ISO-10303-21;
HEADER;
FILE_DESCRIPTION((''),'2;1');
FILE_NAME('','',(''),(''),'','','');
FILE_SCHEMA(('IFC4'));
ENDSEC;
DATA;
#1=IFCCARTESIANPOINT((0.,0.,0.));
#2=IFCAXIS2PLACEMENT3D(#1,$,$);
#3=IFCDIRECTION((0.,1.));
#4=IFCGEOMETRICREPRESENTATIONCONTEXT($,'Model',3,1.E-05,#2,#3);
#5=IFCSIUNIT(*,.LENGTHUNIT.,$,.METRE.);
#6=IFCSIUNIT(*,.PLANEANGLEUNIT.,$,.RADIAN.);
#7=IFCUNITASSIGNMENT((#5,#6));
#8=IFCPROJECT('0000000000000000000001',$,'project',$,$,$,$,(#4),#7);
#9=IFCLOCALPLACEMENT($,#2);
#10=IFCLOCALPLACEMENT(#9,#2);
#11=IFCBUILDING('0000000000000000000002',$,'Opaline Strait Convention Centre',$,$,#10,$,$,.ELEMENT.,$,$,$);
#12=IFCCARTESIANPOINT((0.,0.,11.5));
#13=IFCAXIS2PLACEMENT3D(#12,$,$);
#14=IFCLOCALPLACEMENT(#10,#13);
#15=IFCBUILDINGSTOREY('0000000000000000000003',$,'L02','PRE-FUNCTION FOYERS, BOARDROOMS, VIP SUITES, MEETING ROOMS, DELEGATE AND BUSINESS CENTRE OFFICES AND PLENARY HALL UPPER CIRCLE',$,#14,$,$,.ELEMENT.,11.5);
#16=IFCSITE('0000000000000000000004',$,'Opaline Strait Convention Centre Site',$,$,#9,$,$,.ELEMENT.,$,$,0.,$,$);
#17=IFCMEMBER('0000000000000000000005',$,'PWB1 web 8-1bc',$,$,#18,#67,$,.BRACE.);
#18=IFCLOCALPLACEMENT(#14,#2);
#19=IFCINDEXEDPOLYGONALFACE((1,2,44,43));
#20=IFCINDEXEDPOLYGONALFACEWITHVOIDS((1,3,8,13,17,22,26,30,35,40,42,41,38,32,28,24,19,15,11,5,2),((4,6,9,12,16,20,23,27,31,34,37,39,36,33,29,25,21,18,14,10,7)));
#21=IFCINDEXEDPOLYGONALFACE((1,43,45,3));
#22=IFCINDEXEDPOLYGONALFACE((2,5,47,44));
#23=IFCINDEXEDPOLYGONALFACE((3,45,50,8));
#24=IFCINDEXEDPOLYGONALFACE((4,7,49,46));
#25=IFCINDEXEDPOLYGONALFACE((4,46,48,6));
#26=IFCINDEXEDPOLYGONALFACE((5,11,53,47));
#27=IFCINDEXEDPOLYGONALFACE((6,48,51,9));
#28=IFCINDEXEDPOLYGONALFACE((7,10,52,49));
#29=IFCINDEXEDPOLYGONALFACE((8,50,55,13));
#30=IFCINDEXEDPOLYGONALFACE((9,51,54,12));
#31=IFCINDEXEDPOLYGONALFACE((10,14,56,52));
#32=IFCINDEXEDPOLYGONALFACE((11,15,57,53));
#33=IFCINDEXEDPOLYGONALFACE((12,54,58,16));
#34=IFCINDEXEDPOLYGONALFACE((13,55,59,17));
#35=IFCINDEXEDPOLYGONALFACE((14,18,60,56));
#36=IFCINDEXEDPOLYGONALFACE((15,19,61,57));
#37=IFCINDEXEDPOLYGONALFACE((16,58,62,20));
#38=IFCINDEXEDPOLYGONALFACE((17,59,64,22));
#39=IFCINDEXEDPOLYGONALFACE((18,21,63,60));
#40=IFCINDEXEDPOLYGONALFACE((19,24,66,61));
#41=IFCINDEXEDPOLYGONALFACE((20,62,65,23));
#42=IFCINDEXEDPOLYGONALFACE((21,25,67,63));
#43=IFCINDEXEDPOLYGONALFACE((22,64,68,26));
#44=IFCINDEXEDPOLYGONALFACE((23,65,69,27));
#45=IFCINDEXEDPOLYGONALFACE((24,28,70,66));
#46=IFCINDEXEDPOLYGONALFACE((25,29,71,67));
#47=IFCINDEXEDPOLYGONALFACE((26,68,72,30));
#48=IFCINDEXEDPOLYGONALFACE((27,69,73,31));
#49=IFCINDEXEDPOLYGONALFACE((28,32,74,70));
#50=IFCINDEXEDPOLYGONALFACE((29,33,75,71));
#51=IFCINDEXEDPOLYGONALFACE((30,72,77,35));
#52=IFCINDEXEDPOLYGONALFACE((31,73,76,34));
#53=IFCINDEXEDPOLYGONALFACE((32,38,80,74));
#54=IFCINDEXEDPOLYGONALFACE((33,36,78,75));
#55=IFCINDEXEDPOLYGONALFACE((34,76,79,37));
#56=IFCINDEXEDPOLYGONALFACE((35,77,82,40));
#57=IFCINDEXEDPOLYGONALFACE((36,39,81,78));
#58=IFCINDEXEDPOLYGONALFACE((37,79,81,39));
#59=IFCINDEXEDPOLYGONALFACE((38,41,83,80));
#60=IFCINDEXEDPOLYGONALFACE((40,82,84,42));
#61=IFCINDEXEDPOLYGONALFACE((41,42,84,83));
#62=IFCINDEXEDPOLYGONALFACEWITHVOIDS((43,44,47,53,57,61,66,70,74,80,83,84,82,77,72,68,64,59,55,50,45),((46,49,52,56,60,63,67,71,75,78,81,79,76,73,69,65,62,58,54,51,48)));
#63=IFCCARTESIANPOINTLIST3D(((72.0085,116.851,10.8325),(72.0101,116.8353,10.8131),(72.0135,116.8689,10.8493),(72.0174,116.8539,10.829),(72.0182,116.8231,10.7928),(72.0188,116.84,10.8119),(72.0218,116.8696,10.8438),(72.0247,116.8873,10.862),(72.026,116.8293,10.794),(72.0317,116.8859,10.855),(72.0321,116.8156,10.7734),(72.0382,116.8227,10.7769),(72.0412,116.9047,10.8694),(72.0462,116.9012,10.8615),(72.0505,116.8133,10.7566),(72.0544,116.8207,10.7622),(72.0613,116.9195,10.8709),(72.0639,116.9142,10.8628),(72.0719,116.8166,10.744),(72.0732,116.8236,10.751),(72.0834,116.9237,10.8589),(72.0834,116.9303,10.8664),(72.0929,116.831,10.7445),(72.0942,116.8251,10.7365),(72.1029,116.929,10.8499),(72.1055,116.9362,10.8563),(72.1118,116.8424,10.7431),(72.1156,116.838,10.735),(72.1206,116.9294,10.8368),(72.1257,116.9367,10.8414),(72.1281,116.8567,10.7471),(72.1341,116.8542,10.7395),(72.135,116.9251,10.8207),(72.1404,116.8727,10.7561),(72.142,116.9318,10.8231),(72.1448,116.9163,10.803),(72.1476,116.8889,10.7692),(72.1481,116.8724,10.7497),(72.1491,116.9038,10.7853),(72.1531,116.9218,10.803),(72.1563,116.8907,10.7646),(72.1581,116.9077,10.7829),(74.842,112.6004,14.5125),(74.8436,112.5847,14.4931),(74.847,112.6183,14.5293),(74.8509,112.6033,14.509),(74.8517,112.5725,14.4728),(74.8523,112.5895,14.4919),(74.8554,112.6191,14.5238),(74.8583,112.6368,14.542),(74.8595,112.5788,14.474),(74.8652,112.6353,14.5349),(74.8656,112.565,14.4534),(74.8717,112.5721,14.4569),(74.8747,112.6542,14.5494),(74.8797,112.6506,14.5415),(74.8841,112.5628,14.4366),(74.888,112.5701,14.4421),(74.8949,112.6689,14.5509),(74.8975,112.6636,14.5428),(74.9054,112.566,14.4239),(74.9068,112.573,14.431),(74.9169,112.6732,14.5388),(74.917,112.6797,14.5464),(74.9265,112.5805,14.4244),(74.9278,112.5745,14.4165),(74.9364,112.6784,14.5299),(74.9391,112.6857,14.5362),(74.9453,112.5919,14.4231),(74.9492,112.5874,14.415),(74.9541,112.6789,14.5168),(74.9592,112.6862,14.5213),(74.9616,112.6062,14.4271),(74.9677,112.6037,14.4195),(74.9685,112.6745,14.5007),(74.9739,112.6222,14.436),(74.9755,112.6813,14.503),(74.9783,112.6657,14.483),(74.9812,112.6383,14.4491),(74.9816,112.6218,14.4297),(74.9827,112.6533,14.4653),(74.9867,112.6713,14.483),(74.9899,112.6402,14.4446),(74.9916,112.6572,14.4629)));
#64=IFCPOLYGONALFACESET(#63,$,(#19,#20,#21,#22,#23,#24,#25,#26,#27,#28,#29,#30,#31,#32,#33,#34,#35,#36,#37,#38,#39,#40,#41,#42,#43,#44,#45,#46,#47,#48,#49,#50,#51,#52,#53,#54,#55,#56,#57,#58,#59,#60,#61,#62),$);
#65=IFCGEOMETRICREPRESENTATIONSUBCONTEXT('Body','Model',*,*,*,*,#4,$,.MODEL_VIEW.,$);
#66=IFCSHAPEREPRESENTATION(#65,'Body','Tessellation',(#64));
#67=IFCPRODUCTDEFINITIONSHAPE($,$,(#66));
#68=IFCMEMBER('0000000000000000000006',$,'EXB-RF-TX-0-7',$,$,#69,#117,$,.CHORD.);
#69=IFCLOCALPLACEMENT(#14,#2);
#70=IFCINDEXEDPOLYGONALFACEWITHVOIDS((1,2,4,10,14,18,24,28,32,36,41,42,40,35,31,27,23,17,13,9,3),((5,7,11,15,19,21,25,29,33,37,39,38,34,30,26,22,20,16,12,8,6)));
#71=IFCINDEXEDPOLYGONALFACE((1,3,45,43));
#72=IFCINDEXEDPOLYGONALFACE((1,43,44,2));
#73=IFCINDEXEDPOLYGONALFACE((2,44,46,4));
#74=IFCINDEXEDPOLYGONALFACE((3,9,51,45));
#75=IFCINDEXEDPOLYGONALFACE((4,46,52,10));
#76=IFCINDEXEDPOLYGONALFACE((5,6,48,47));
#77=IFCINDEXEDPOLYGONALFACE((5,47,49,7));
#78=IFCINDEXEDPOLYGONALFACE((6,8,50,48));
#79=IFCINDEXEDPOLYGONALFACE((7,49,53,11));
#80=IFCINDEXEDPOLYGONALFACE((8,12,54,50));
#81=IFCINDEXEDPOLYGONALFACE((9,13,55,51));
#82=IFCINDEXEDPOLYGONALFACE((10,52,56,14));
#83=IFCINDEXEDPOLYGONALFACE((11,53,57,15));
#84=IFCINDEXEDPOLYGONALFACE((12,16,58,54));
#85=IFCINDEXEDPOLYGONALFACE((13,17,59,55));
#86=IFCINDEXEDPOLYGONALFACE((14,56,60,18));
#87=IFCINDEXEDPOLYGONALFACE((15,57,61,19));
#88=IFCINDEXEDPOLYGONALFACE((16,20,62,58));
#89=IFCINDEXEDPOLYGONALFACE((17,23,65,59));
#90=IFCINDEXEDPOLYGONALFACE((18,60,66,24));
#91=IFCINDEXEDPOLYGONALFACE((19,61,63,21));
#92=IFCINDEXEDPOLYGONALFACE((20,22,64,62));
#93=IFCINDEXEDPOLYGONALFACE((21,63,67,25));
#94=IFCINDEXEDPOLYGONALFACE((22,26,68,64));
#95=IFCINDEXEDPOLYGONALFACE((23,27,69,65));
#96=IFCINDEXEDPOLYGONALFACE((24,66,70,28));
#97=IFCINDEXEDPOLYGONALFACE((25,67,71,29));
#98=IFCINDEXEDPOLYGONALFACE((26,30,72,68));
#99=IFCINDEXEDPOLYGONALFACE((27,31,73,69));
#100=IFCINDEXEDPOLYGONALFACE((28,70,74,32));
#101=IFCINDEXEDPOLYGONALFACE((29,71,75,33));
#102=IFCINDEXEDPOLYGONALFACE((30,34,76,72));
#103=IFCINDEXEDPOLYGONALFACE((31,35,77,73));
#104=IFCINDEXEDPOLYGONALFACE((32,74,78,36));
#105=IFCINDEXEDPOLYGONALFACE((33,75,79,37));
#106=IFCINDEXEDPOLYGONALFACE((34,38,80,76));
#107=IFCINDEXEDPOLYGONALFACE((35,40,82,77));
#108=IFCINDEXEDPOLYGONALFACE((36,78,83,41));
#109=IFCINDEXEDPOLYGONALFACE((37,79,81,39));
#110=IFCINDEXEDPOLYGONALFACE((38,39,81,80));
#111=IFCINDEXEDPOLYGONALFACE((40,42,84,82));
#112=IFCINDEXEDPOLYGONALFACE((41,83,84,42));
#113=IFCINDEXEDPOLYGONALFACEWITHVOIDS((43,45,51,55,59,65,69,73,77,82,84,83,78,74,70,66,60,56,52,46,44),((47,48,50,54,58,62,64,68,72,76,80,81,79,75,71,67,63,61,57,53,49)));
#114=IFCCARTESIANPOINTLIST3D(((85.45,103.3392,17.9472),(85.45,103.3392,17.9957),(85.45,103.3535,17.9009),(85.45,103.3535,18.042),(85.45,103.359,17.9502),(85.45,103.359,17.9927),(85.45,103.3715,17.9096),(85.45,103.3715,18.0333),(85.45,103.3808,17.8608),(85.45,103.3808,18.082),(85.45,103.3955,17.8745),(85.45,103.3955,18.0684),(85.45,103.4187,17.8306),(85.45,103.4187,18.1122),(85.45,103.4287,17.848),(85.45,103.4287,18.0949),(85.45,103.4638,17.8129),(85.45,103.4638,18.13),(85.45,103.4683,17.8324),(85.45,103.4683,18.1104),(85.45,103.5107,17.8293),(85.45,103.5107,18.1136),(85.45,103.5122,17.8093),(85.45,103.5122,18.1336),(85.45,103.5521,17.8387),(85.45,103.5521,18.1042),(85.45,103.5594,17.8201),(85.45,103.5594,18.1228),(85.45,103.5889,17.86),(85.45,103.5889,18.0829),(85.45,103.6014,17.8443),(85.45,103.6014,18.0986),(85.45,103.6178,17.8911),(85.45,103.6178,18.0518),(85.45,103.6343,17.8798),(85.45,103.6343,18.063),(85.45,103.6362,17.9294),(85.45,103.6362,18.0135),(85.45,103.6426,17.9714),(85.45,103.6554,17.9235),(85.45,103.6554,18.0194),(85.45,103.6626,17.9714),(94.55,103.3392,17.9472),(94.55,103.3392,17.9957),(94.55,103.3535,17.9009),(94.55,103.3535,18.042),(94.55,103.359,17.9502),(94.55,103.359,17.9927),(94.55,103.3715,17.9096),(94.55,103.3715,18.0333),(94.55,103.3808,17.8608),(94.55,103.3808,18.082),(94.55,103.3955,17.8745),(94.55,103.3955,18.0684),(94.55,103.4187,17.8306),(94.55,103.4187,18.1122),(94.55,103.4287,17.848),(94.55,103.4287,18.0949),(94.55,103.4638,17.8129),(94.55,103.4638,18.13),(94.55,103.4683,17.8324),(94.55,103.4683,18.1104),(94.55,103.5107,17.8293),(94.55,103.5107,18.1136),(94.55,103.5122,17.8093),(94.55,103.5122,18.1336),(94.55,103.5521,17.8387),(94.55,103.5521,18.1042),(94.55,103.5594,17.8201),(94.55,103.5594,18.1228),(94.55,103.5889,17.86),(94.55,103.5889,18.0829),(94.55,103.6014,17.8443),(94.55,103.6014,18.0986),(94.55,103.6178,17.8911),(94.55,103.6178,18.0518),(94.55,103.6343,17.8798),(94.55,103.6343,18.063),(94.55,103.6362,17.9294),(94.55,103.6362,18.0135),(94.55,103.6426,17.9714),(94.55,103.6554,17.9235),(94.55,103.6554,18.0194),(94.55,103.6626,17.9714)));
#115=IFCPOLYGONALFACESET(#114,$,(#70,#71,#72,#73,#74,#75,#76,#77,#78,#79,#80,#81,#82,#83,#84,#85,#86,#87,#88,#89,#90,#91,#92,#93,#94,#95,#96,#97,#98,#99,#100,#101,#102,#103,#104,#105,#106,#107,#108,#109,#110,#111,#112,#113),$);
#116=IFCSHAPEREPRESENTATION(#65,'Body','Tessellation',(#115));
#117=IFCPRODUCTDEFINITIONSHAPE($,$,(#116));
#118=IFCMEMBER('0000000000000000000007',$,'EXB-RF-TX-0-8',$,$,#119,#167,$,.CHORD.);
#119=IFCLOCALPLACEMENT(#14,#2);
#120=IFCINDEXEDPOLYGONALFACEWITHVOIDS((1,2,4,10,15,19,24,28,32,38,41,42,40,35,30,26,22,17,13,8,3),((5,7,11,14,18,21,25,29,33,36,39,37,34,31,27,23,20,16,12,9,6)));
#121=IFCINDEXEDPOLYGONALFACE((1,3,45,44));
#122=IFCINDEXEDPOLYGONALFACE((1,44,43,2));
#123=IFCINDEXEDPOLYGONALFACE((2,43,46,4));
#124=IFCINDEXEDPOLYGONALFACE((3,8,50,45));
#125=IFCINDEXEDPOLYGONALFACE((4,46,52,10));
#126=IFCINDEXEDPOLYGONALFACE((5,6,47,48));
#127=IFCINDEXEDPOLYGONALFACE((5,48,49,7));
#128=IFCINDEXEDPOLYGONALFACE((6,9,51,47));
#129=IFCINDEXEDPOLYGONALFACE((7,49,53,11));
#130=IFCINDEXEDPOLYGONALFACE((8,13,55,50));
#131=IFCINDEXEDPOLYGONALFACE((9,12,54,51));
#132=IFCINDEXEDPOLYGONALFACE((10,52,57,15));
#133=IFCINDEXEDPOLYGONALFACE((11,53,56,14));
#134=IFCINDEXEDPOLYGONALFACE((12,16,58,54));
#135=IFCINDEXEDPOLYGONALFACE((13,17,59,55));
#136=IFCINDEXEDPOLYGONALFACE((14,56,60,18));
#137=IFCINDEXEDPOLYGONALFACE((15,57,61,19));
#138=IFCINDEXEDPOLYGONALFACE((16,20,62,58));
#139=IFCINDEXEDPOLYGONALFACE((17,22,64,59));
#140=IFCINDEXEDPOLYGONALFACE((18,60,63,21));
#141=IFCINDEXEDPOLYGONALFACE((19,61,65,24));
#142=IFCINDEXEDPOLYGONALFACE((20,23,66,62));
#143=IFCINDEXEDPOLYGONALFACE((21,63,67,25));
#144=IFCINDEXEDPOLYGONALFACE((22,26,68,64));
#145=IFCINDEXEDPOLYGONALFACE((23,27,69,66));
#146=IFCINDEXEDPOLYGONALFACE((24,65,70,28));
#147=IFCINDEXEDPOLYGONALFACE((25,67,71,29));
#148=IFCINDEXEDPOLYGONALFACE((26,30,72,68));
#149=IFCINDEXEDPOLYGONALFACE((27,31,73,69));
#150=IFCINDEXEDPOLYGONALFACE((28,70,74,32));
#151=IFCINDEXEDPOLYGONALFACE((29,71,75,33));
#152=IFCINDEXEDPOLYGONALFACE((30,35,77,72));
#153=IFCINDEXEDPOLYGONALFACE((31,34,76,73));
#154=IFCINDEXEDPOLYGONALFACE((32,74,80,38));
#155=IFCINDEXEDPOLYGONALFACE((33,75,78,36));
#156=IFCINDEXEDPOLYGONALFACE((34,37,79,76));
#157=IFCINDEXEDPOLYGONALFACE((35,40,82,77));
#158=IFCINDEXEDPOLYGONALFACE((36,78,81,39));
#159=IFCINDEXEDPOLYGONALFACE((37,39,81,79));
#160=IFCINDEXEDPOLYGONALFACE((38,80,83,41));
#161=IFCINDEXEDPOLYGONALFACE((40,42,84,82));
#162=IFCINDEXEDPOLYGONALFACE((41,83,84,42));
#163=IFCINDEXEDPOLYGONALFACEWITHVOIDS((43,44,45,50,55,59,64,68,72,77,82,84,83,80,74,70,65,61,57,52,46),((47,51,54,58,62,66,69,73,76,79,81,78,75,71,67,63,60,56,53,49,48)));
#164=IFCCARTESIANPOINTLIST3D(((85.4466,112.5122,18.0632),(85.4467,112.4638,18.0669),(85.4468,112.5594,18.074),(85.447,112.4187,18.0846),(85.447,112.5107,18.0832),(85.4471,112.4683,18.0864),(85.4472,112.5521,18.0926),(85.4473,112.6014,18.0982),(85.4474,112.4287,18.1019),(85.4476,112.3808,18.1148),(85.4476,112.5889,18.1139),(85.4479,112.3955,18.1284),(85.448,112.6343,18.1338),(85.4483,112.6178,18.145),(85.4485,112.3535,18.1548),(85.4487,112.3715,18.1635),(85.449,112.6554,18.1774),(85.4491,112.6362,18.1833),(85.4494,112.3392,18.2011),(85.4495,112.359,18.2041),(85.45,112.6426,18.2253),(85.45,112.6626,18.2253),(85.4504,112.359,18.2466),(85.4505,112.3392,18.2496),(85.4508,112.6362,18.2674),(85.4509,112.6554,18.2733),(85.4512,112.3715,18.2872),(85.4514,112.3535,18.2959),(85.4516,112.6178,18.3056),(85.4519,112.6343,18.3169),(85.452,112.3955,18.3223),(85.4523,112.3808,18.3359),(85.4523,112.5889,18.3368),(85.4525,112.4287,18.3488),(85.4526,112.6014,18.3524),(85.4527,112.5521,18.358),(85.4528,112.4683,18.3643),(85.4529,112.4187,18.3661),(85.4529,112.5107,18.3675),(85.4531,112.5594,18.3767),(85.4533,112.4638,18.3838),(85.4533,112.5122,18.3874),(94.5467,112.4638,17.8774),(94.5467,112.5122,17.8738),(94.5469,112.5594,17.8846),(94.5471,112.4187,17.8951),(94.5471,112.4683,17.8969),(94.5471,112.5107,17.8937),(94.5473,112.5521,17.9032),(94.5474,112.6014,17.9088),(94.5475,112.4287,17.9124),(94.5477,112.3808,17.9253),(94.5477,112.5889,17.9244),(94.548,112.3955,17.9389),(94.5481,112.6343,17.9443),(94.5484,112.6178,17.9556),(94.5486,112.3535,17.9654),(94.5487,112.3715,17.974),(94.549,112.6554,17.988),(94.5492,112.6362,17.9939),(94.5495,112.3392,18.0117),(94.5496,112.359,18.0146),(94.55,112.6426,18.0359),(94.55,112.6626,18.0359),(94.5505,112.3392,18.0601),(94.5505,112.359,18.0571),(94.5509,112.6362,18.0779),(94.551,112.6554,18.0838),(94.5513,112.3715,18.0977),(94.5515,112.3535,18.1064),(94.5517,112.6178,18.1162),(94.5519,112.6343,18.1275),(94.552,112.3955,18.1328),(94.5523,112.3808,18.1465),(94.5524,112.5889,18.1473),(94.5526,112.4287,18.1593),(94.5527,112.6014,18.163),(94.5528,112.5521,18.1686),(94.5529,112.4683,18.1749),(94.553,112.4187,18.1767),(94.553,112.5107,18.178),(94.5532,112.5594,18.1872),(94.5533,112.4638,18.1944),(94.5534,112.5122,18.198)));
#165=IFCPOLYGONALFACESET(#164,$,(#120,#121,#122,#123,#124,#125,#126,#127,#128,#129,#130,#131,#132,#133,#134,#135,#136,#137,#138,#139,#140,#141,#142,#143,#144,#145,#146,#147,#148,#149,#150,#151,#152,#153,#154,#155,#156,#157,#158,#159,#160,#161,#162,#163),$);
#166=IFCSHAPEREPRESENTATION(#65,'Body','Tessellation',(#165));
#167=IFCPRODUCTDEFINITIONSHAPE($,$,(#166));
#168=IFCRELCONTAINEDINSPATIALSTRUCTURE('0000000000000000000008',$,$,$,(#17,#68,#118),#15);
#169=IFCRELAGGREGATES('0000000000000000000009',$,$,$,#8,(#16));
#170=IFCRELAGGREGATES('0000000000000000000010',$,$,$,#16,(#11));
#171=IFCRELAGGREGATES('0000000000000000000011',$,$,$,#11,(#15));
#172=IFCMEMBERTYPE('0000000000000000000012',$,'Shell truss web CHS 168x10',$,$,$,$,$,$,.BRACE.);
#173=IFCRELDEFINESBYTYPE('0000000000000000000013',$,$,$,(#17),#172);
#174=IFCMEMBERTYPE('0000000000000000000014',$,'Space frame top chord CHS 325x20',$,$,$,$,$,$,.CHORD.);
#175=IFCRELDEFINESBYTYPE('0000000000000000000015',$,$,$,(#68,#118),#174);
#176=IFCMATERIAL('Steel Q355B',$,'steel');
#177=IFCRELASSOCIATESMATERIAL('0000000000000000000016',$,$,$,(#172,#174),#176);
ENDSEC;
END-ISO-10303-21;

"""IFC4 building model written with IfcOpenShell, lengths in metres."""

from ifc_helpers import new_model, si_unit, direction, frame, origin, origin_2d, place, context, subcontext, project, spatial, hollow_circle, extrude, material, material_profile, profile_set, type_object, element, save


model = new_model("IFC4")

# Units and contexts
model_context = context("Model", 3, precision=1e-05, world=origin(), true_north=direction((0.0, 1.0)))
body_context = subcontext(model_context, "Body", "Model", "MODEL_VIEW")
ifc_project = project(units=[si_unit("LENGTHUNIT", "METRE"), si_unit("PLANEANGLEUNIT", "RADIAN")], contexts=[model_context])

# Site, building, storey
site_placement = place(None, origin())
site = spatial("IfcSite", under=ifc_project, at=site_placement, Name="Opaline Strait Convention Centre Site", CompositionType="ELEMENT", RefElevation=0.0)
building_placement = place(site_placement, origin())
building = spatial("IfcBuilding", under=site, at=building_placement, Name="Opaline Strait Convention Centre", CompositionType="ELEMENT")
storey_placement = place(building_placement, frame((0.0, 0.0, 11.5)))
storey = spatial("IfcBuildingStorey", under=building, at=storey_placement, Name="L02", Description="PRE-FUNCTION FOYERS, BOARDROOMS, VIP SUITES, MEETING ROOMS, DELEGATE AND BUSINESS CENTRE OFFICES AND PLENARY HALL UPPER CIRCLE", CompositionType="ELEMENT", Elevation=11.5)

# Members
ifc_material_1 = material(Name="Steel Q355B", Category="steel")
ifc_material_profile_1 = material_profile(ifc_material_1, hollow_circle(Radius=0.084, WallThickness=0.01, at=origin_2d()), Name="CHS 168x10")
ifc_profile_set_1 = profile_set([ifc_material_profile_1], Name="Steel Q355B")
member_type_1 = type_object("IfcMemberType", Name="Shell truss web CHS 168x10", PredefinedType="BRACE", material=ifc_profile_set_1)
member_1_placement = place(storey_placement, frame((72.0833, 116.8752, 10.803), z_axis=(0.45006, -0.675129, 0.584505), x_axis=(0.832065, 0.554678, 0.0)))
element("IfcMember", 1, at=member_1_placement, inside=storey, type_object=member_type_1, Name="PWB1 web 8-1bc", PredefinedType="BRACE", context=body_context, shape_type="SweptSolid", body=[
    extrude(hollow_circle(Radius=0.084, WallThickness=0.01, at=origin_2d()), origin(), (0.0, 0.0, 1.0), 6.2959),
])
ifc_material_profile_2 = material_profile(ifc_material_1, hollow_circle(Radius=0.1626, WallThickness=0.02, at=origin_2d()), Name="CHS 325x20")
ifc_profile_set_2 = profile_set([ifc_material_profile_2], Name="Steel Q355B")
member_type_2 = type_object("IfcMemberType", Name="Space frame top chord CHS 325x20", PredefinedType="CHORD", material=ifc_profile_set_2)
member_2_placement = place(storey_placement, frame((85.45, 103.5, 17.9714), z_axis=(1.0, 0.0, 0.0), x_axis=(0.0, 1.0, 0.0)))
element("IfcMember", 2, at=member_2_placement, inside=storey, type_object=member_type_2, Name="EXB-RF-TX-0-7", PredefinedType="CHORD", context=body_context, shape_type="SweptSolid", body=[
    extrude(hollow_circle(Radius=0.1626, WallThickness=0.02, at=origin_2d()), origin(), (0.0, 0.0, 1.0), 9.1001),
])
member_3_placement = place(storey_placement, frame((85.45, 112.5, 18.2253), z_axis=(0.999783, 0.0, -0.020814), x_axis=(0.0, 1.0, 0.0)))
element("IfcMember", 3, at=member_3_placement, inside=storey, type_object=member_type_2, Name="EXB-RF-TX-0-8", PredefinedType="CHORD", context=body_context, shape_type="SweptSolid", body=[
    extrude(hollow_circle(Radius=0.1626, WallThickness=0.02, at=origin_2d()), origin(), (0.0, 0.0, 1.0), 9.1021),
])

save(model, "model.ifc")
